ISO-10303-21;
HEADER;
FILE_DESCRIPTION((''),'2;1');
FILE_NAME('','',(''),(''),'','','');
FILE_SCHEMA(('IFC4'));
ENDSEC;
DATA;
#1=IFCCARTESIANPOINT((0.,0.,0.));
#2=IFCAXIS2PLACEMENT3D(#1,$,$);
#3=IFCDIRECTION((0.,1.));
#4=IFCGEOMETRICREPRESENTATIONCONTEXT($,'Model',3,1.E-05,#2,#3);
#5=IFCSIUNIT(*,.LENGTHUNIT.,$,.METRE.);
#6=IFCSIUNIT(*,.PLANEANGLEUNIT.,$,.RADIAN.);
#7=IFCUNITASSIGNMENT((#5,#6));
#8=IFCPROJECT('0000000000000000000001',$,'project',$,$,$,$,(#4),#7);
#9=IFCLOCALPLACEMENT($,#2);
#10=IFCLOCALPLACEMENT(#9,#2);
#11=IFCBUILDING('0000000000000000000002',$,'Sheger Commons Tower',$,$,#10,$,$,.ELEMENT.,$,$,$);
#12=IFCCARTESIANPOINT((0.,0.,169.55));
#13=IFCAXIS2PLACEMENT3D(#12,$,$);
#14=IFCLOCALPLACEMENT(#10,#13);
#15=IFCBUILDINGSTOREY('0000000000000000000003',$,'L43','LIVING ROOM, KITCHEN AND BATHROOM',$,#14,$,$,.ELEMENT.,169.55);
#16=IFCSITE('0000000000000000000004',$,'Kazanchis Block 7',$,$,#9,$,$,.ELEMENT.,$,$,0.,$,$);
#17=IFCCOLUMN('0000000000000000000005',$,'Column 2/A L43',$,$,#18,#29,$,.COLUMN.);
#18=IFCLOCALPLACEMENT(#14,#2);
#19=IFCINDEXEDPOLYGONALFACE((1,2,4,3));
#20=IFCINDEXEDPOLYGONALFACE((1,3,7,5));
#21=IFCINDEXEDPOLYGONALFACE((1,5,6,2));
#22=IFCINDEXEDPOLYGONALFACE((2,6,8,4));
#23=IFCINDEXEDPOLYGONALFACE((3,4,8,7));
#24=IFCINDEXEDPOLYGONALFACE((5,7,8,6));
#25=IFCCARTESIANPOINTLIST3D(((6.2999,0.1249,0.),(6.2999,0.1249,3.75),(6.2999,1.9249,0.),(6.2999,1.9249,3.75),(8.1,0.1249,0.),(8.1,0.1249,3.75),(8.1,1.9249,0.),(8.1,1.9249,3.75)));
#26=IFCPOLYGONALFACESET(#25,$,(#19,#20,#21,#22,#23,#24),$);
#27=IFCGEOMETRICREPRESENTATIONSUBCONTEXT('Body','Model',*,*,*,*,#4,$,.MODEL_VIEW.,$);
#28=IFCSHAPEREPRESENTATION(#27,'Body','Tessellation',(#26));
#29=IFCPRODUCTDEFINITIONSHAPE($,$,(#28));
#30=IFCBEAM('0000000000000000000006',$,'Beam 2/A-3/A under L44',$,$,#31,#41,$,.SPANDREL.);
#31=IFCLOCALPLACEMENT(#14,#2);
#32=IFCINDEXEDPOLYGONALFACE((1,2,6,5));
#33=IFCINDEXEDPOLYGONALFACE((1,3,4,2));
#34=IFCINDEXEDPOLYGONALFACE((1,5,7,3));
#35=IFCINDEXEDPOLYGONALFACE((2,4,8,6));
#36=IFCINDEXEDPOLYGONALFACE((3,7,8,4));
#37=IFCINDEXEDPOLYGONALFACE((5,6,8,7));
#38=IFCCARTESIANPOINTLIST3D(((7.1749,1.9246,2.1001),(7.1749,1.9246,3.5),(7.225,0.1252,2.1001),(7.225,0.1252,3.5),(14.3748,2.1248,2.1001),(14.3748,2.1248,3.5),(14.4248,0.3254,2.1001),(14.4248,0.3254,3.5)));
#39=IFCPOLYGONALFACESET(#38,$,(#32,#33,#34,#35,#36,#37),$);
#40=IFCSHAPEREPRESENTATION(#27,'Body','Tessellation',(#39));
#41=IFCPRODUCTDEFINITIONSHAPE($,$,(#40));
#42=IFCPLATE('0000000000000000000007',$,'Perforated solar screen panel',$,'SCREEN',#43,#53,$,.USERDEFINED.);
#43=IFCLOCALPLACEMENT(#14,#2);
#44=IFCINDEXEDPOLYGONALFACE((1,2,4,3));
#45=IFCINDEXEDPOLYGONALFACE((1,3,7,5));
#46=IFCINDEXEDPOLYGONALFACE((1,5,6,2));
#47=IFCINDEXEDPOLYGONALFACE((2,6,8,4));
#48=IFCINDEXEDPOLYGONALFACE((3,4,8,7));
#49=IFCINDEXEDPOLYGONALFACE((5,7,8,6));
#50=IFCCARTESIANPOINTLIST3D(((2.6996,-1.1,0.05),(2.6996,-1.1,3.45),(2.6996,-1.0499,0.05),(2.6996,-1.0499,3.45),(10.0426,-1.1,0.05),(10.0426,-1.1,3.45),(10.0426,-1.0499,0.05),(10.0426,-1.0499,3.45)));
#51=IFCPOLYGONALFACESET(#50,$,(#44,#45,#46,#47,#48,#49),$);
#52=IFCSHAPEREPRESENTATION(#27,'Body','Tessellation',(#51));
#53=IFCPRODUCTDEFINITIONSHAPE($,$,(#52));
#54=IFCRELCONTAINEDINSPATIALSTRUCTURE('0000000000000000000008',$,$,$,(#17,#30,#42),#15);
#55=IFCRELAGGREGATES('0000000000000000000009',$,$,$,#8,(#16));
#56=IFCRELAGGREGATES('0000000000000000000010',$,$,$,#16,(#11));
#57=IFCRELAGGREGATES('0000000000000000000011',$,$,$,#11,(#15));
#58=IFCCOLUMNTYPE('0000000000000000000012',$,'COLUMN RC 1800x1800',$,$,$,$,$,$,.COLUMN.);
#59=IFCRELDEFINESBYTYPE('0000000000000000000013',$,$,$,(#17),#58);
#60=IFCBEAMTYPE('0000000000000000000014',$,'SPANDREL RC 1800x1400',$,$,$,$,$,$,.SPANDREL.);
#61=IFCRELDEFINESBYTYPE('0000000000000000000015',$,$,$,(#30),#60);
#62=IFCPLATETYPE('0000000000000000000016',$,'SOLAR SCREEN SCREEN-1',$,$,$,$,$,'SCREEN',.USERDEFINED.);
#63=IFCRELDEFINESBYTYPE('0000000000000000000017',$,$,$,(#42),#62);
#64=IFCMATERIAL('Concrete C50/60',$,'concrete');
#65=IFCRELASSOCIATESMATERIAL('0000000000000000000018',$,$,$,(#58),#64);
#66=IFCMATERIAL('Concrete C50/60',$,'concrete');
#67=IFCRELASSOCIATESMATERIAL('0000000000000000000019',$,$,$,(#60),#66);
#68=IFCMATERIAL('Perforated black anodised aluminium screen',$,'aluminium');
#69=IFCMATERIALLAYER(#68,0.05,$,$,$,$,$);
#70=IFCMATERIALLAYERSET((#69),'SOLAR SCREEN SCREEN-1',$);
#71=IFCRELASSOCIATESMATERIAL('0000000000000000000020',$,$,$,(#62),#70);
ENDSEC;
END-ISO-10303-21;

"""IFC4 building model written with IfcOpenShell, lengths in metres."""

from ifc_helpers import new_model, si_unit, direction, frame, origin, origin_2d, place, context, subcontext, project, spatial, rectangle, extrude, material, layer, layer_set, material_profile, profile_set, type_object, element, save


model = new_model("IFC4")

# Units and contexts
model_context = context("Model", 3, precision=1e-05, world=origin(), true_north=direction((0.0, 1.0)))
body_context = subcontext(model_context, "Body", "Model", "MODEL_VIEW")
ifc_project = project(units=[si_unit("LENGTHUNIT", "METRE"), si_unit("PLANEANGLEUNIT", "RADIAN")], contexts=[model_context])

# Site, building, storey
site_placement = place(None, origin())
site = spatial("IfcSite", under=ifc_project, at=site_placement, Name="Kazanchis Block 7", CompositionType="ELEMENT", RefElevation=0.0)
building_placement = place(site_placement, origin())
building = spatial("IfcBuilding", under=site, at=building_placement, Name="Sheger Commons Tower", CompositionType="ELEMENT")
storey_placement = place(building_placement, frame((0.0, 0.0, 169.55)))
storey = spatial("IfcBuildingStorey", under=building, at=storey_placement, Name="L43", Description="LIVING ROOM, KITCHEN AND BATHROOM", CompositionType="ELEMENT", Elevation=169.55)

# Column
ifc_material_1 = material(Name="Concrete C50/60", Category="concrete")
ifc_material_profile_1 = material_profile(ifc_material_1, rectangle(XDim=1.8, YDim=1.8, at=origin_2d()), Name="RC 1800x1800")
ifc_profile_set_1 = profile_set([ifc_material_profile_1], Name="Concrete C50/60")
column_type = type_object("IfcColumnType", Name="COLUMN RC 1800x1800", PredefinedType="COLUMN", material=ifc_profile_set_1)
column_placement = place(storey_placement, frame((7.2, 1.0249, 0.0), z_axis=(0.0, 0.0, 1.0), x_axis=(1.0, 0.0, 0.0)))
element("IfcColumn", 1, at=column_placement, inside=storey, type_object=column_type, Name="Column 2/A L43", PredefinedType="COLUMN", context=body_context, shape_type="SweptSolid", body=[
    extrude(rectangle(XDim=1.8, YDim=1.8, at=origin_2d()), origin(), (0.0, 0.0, 1.0), 3.75),
])

# Beam
ifc_material_2 = material(Name="Concrete C50/60", Category="concrete")
ifc_material_profile_2 = material_profile(ifc_material_2, rectangle(XDim=1.8, YDim=1.3999, at=origin_2d()), Name="RC 1800x1400")
ifc_profile_set_2 = profile_set([ifc_material_profile_2], Name="Concrete C50/60")
beam_type = type_object("IfcBeamType", Name="SPANDREL RC 1800x1400", PredefinedType="SPANDREL", material=ifc_profile_set_2)
beam_placement = place(storey_placement, frame((7.2, 1.0249, 2.8), z_axis=(0.999614, 0.027794, 0.0), x_axis=(-0.027794, 0.999614, 0.0)))
element("IfcBeam", 2, at=beam_placement, inside=storey, type_object=beam_type, Name="Beam 2/A-3/A under L44", PredefinedType="SPANDREL", context=body_context, shape_type="SweptSolid", body=[
    extrude(rectangle(XDim=1.8, YDim=1.3999, at=origin_2d()), origin(), (0.0, 0.0, 1.0), 7.2026),
])

# Plate
ifc_material_3 = material(Name="Perforated black anodised aluminium screen", Category="aluminium")
ifc_layer_1 = layer(ifc_material_3, 0.05)
ifc_layer_set_1 = layer_set([ifc_layer_1], Name="SOLAR SCREEN SCREEN-1")
plate_type = type_object("IfcPlateType", Name="SOLAR SCREEN SCREEN-1", ElementType="SCREEN", PredefinedType="USERDEFINED", material=ifc_layer_set_1)
plate_placement = place(storey_placement, frame((6.3711, -1.075, 0.05), z_axis=(0.0, 0.0, 1.0), x_axis=(1.0, 0.0, 0.0)))
element("IfcPlate", 3, at=plate_placement, inside=storey, type_object=plate_type, Name="Perforated solar screen panel", ObjectType="SCREEN", PredefinedType="USERDEFINED", context=body_context, shape_type="SweptSolid", body=[
    extrude(rectangle(XDim=7.343, YDim=0.05, at=origin_2d()), origin(), (0.0, 0.0, 1.0), 3.3999),
])

save(model, "model.ifc")
